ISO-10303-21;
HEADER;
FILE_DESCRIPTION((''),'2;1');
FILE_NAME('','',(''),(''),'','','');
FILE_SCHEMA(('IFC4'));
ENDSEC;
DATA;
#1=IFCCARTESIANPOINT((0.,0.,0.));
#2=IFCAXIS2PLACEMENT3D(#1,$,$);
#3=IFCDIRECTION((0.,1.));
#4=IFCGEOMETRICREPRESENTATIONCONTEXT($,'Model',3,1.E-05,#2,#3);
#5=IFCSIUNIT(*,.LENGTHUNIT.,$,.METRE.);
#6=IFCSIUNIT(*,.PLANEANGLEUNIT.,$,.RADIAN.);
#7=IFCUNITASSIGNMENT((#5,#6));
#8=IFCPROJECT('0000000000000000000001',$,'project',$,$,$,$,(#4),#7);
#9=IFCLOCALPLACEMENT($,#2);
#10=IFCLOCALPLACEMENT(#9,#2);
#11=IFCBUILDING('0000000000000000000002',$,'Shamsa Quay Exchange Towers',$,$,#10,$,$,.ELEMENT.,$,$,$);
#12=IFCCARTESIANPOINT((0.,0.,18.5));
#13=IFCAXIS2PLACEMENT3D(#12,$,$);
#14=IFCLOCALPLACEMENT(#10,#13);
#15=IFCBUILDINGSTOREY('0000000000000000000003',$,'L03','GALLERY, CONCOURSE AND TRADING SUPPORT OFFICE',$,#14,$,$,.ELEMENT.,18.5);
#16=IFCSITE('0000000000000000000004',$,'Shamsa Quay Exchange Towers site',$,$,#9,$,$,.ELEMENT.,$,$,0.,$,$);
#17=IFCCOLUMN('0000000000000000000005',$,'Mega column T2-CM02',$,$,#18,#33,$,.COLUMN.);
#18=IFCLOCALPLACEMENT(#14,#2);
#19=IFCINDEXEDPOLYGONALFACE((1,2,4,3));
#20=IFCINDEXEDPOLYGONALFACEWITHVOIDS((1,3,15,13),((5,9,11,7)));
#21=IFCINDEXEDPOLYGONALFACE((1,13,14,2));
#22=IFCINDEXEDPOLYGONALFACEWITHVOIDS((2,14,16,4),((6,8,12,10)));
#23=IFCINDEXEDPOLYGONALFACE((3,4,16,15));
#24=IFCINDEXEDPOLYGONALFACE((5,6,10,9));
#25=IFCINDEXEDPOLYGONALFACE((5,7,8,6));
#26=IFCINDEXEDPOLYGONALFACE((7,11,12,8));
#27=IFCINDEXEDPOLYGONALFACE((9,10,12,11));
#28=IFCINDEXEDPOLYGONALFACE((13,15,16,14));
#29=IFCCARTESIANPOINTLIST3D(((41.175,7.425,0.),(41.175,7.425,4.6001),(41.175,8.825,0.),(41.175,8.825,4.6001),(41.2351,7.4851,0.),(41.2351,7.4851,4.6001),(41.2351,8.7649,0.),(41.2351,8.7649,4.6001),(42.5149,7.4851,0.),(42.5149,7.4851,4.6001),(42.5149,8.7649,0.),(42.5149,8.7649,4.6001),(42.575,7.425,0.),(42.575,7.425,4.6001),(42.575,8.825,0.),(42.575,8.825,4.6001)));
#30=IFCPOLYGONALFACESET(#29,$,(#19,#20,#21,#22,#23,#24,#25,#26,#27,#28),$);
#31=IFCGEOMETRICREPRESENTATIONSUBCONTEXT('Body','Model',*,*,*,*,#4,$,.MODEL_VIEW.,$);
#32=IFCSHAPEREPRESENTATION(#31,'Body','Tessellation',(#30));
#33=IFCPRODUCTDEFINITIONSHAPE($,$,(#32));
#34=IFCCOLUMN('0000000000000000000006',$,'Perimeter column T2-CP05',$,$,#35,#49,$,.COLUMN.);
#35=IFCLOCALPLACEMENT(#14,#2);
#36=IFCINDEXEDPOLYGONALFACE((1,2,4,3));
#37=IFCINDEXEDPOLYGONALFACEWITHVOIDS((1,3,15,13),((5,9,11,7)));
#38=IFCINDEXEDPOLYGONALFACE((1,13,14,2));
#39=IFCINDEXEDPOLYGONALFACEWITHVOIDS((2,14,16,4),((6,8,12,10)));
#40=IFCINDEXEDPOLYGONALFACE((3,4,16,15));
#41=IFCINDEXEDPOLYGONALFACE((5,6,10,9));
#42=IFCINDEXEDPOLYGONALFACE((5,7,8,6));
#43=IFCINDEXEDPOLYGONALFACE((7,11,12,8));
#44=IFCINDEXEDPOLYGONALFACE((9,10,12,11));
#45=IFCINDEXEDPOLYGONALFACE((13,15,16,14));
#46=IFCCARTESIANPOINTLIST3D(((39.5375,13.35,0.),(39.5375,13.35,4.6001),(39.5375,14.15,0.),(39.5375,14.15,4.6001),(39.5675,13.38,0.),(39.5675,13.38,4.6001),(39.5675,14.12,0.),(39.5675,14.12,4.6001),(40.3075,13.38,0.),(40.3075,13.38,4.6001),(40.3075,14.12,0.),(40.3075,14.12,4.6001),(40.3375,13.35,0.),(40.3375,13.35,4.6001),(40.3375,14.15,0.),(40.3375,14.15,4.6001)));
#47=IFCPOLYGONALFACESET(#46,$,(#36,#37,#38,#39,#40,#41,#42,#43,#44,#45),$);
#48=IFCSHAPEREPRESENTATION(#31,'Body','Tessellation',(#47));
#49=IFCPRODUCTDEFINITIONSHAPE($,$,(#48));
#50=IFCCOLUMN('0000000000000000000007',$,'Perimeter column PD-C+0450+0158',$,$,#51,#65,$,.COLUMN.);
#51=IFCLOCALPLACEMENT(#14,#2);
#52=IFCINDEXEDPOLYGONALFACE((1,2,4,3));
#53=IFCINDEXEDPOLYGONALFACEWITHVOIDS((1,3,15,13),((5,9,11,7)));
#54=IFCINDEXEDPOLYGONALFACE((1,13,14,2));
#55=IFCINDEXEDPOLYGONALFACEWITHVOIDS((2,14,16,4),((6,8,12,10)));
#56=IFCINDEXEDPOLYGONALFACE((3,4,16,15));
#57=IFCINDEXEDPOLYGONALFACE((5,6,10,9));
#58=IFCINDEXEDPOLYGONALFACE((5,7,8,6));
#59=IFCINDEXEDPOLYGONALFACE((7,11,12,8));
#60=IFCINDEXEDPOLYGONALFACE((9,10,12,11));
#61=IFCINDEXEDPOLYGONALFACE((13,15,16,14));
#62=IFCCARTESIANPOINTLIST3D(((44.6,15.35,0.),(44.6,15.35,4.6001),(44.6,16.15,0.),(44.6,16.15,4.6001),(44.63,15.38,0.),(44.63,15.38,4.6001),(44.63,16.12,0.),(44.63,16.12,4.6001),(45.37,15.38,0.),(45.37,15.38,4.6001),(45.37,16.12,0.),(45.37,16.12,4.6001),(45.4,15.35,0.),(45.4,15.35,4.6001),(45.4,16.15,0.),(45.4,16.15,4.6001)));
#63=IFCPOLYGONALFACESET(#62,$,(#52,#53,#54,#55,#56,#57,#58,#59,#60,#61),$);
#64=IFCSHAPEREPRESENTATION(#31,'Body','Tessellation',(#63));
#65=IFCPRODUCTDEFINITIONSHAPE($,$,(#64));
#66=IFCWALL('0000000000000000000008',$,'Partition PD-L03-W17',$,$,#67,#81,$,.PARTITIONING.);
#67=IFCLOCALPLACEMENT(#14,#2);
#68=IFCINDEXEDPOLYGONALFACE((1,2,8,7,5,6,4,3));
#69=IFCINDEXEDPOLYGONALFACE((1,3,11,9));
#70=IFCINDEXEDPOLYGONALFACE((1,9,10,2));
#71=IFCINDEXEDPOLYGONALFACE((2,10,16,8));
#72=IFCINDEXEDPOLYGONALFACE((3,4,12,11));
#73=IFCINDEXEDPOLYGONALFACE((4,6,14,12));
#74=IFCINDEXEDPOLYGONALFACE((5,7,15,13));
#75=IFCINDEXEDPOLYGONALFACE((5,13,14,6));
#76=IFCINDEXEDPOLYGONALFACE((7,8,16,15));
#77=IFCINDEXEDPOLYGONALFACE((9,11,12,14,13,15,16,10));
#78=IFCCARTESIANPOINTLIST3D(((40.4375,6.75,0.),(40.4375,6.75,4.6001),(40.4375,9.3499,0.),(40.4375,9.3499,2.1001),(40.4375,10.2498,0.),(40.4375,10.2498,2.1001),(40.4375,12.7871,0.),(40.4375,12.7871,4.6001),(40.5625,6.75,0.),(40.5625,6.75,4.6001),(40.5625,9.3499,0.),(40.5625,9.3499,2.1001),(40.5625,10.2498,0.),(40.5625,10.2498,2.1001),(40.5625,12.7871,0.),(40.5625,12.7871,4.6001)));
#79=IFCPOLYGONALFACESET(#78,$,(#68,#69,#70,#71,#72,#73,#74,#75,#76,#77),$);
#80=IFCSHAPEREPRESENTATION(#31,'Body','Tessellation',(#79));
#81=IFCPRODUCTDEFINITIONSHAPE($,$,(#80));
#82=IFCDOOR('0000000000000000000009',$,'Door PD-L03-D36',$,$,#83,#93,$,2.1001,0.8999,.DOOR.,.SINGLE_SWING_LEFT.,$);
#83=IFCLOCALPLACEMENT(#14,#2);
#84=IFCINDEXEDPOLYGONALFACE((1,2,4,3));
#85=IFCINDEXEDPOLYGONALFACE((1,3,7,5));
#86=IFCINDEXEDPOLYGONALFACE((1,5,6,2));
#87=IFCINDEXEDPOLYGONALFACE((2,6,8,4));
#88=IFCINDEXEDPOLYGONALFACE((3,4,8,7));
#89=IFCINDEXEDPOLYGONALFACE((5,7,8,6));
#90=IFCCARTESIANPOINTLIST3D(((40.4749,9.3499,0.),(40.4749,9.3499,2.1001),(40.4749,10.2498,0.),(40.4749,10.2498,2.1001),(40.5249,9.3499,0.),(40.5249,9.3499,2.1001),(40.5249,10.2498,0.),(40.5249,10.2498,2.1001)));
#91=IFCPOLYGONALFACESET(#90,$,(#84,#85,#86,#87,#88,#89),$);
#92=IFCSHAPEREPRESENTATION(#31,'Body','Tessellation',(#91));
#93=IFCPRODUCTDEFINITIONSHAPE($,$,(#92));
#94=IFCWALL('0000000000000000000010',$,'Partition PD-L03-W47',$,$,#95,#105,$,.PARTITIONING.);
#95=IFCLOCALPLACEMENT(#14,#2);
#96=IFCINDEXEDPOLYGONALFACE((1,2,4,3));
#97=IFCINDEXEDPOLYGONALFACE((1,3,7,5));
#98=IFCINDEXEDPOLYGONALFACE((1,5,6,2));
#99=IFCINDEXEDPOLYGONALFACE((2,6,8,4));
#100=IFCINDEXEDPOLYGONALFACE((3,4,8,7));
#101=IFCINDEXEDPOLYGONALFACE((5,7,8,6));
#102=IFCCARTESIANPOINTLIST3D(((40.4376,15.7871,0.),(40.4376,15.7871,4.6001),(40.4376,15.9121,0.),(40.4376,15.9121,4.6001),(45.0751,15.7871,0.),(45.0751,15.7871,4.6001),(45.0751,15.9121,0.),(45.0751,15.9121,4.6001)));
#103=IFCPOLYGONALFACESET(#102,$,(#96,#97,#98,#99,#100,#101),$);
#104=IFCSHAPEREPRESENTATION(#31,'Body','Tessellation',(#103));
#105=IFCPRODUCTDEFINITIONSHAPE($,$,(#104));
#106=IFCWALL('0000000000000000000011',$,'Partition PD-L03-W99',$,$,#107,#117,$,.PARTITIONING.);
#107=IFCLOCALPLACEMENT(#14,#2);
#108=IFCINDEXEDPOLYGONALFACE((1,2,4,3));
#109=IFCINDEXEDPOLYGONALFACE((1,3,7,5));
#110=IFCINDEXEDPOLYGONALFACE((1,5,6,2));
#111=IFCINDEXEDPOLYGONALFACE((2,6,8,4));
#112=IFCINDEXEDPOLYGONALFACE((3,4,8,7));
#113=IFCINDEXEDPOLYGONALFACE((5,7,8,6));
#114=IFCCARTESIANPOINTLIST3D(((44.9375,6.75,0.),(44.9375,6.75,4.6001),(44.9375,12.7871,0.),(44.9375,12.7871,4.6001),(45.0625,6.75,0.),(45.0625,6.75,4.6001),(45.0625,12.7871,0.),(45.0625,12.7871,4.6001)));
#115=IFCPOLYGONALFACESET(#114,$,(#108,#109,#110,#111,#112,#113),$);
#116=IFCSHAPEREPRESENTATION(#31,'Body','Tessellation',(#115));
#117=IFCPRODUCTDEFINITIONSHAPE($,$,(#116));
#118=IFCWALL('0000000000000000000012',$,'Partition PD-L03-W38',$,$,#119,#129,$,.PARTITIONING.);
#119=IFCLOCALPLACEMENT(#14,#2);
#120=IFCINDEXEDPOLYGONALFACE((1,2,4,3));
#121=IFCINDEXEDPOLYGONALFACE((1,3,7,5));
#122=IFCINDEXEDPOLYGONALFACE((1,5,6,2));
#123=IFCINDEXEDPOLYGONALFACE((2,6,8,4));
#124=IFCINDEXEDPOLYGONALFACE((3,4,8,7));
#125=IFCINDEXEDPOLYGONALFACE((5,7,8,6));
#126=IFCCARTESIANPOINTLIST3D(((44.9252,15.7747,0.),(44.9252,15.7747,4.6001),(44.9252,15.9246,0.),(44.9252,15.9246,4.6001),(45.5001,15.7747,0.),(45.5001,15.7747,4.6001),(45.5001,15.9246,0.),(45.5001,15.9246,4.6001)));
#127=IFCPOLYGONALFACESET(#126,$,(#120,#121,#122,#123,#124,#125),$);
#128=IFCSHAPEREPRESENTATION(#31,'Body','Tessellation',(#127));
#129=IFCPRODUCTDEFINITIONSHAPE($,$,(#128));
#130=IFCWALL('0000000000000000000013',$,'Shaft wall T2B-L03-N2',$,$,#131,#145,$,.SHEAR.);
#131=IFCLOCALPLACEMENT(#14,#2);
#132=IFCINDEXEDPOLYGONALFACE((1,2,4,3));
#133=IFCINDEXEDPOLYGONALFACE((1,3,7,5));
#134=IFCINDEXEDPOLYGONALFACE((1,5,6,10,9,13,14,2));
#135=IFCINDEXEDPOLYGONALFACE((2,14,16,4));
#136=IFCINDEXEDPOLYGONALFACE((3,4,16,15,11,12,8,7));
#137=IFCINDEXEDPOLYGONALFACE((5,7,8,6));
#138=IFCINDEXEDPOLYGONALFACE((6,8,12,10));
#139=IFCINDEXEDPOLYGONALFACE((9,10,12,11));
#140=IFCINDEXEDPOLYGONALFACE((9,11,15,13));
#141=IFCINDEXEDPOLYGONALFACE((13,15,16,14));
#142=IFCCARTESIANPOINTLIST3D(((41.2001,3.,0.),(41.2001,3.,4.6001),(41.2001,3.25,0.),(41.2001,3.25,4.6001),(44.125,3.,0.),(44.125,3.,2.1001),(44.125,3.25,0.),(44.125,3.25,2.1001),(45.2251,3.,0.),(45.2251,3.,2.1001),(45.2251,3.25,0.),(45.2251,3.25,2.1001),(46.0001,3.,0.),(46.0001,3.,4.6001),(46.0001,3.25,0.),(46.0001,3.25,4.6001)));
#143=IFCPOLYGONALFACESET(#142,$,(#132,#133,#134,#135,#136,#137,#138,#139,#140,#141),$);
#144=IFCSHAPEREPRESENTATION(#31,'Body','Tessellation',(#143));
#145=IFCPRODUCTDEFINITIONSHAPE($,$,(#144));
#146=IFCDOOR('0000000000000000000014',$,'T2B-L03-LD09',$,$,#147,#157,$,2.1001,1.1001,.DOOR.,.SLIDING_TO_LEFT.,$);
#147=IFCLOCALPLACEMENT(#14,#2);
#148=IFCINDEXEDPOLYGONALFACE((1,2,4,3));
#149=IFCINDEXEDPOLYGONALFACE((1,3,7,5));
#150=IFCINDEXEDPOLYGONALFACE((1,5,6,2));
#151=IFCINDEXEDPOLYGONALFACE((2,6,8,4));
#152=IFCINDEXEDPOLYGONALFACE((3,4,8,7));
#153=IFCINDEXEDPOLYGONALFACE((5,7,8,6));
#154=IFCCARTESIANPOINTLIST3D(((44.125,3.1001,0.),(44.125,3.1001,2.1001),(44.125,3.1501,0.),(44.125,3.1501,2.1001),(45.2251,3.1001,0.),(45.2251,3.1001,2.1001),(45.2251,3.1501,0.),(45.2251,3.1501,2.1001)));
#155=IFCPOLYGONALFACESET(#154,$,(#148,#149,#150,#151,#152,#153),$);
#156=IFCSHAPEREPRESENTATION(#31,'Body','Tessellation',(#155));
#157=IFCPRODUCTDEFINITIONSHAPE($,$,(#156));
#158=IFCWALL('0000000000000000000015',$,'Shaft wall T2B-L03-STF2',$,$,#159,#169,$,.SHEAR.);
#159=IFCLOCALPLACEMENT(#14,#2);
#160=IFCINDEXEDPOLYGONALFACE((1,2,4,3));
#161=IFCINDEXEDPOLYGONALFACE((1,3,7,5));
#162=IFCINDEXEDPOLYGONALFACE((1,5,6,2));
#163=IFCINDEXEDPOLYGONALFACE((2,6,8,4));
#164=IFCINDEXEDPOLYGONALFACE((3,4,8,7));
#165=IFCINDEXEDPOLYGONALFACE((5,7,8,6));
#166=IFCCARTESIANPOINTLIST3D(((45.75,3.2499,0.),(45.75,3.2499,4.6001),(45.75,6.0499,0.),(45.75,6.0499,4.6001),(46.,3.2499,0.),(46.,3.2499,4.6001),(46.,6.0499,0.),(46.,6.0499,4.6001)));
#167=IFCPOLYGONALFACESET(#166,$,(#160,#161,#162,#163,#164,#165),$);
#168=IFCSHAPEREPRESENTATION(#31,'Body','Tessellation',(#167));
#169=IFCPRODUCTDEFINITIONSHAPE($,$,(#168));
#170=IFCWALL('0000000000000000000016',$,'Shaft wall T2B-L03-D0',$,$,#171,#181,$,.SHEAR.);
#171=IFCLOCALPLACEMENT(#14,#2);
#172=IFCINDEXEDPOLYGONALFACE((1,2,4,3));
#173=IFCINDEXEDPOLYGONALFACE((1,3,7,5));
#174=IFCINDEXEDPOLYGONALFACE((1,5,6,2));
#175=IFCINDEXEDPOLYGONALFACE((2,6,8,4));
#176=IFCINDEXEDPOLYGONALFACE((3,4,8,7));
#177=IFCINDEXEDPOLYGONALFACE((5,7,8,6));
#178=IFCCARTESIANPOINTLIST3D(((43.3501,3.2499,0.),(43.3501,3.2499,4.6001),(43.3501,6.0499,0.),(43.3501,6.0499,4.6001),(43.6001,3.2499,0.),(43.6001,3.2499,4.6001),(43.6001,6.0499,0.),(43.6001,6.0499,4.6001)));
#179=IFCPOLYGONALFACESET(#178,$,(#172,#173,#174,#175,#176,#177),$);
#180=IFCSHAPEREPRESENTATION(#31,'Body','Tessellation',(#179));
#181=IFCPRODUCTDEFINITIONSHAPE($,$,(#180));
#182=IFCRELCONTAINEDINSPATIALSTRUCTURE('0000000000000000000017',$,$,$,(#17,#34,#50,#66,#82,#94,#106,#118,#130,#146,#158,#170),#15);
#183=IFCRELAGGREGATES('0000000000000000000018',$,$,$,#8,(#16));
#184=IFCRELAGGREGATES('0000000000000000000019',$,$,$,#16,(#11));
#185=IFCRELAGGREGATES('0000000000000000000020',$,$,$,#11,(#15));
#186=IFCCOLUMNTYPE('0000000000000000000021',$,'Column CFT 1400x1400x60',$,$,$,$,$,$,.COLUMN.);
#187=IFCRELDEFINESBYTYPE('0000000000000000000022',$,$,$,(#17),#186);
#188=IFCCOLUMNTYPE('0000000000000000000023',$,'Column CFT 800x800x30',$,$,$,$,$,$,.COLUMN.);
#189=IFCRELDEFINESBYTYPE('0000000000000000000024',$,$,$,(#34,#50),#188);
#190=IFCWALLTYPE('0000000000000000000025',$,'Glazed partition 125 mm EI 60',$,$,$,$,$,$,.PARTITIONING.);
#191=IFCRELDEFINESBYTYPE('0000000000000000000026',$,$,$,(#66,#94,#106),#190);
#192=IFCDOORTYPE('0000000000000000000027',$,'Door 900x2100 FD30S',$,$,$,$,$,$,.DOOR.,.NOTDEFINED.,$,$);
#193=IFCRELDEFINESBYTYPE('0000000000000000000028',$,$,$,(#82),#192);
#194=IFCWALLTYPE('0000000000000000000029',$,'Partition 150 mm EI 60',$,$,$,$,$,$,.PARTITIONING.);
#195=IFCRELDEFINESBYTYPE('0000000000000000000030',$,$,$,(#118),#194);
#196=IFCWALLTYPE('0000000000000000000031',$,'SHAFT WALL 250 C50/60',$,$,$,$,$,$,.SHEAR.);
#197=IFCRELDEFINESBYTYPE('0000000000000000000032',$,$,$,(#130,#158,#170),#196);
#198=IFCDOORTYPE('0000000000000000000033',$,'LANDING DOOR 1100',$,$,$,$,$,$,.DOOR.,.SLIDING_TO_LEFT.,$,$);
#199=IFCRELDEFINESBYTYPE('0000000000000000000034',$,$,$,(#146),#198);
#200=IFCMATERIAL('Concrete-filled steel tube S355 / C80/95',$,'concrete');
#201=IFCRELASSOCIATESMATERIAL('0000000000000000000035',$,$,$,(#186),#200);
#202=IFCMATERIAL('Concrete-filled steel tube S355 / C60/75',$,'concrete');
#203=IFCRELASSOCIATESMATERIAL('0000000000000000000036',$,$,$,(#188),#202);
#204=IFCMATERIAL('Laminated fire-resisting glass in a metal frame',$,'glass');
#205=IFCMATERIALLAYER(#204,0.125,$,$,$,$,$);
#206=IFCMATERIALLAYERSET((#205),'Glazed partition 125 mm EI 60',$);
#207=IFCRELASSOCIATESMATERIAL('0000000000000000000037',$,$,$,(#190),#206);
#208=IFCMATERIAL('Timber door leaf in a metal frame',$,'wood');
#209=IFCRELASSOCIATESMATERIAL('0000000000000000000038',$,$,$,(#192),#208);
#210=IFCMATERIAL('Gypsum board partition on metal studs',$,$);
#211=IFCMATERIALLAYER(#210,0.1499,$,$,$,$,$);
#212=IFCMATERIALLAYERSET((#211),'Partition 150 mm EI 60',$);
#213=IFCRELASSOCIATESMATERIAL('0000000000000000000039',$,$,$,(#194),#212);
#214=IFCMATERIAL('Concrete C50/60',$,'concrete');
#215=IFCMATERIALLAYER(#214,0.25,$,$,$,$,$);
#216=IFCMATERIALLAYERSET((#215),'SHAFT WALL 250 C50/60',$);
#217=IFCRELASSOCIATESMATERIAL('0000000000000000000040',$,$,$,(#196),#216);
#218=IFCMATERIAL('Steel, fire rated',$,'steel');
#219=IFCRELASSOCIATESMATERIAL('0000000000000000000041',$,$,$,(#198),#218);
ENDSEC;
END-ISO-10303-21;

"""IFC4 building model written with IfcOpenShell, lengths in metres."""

from ifc_helpers import new_model, si_unit, direction, frame, frame_2d, origin, origin_2d, place, context, subcontext, project, spatial, rectangle, hollow_rectangle, extrude, material, layer, layer_set, material_profile, profile_set, type_object, element, fill, save


model = new_model("IFC4")

# Units and contexts
model_context = context("Model", 3, precision=1e-05, world=origin(), true_north=direction((0.0, 1.0)))
body_context = subcontext(model_context, "Body", "Model", "MODEL_VIEW")
ifc_project = project(units=[si_unit("LENGTHUNIT", "METRE"), si_unit("PLANEANGLEUNIT", "RADIAN")], contexts=[model_context])

# Site, building, storey
site_placement = place(None, origin())
site = spatial("IfcSite", under=ifc_project, at=site_placement, Name="Shamsa Quay Exchange Towers site", CompositionType="ELEMENT", RefElevation=0.0)
building_placement = place(site_placement, origin())
building = spatial("IfcBuilding", under=site, at=building_placement, Name="Shamsa Quay Exchange Towers", CompositionType="ELEMENT")
storey_placement = place(building_placement, frame((0.0, 0.0, 18.5)))
storey = spatial("IfcBuildingStorey", under=building, at=storey_placement, Name="L03", Description="GALLERY, CONCOURSE AND TRADING SUPPORT OFFICE", CompositionType="ELEMENT", Elevation=18.5)

# Columns
ifc_material_1 = material(Name="Concrete-filled steel tube S355 / C80/95", Category="concrete")
ifc_material_profile_1 = material_profile(ifc_material_1, hollow_rectangle(XDim=1.3999, YDim=1.3999, WallThickness=0.0601, at=origin_2d()), Name="CFT 1400x1400x60")
ifc_profile_set_1 = profile_set([ifc_material_profile_1], Name="Concrete-filled steel tube S355 / C80/95")
column_type_1 = type_object("IfcColumnType", Name="Column CFT 1400x1400x60", PredefinedType="COLUMN", material=ifc_profile_set_1)
column_placement = place(storey_placement, frame((41.875, 8.125, 0.0)))
element("IfcColumn", 1, at=column_placement, inside=storey, type_object=column_type_1, Name="Mega column T2-CM02", PredefinedType="COLUMN", context=body_context, shape_type="SweptSolid", body=[
    extrude(hollow_rectangle(XDim=1.3999, YDim=1.3999, WallThickness=0.0601, at=origin_2d()), origin(), (0.0, 0.0, 1.0), 4.6001),
])
ifc_material_2 = material(Name="Concrete-filled steel tube S355 / C60/75", Category="concrete")
ifc_material_profile_2 = material_profile(ifc_material_2, hollow_rectangle(XDim=0.8, YDim=0.8, WallThickness=0.03, at=origin_2d()), Name="CFT 800x800x30")
ifc_profile_set_2 = profile_set([ifc_material_profile_2], Name="Concrete-filled steel tube S355 / C60/75")
column_type_2 = type_object("IfcColumnType", Name="Column CFT 800x800x30", PredefinedType="COLUMN", material=ifc_profile_set_2)
for number, where, name in (
    (2, (39.9375, 13.75, 0.0), "Perimeter column T2-CP05"),
    (3, (45.0, 15.75, 0.0), "Perimeter column PD-C+0450+0158"),
):
    element("IfcColumn", number, at=place(storey_placement, frame(where)), inside=storey, type_object=column_type_2, Name=name, PredefinedType="COLUMN", context=body_context, shape_type="SweptSolid", body=[
        extrude(hollow_rectangle(XDim=0.8, YDim=0.8, WallThickness=0.03, at=origin_2d()), origin(), (0.0, 0.0, 1.0), 4.6001),
    ])

# Wall, opening, door
ifc_material_3 = material(Name="Laminated fire-resisting glass in a metal frame", Category="glass")
ifc_layer_1 = layer(ifc_material_3, 0.125)
ifc_layer_set_1 = layer_set([ifc_layer_1], Name="Glazed partition 125 mm EI 60")
wall_type_1 = type_object("IfcWallType", Name="Glazed partition 125 mm EI 60", PredefinedType="PARTITIONING", material=ifc_layer_set_1)
wall_1_placement = place(storey_placement, frame((40.5, 12.7871, 0.0), z_axis=(0.0, 0.0, 1.0), x_axis=(0.0, -1.0, 0.0)))
wall_1 = element("IfcWall", 4, at=wall_1_placement, inside=storey, type_object=wall_type_1, Name="Partition PD-L03-W17", PredefinedType="PARTITIONING", context=body_context, shape_type="SweptSolid", body=[
    extrude(rectangle(XDim=6.0371, YDim=0.125, at=frame_2d((3.0186, 0.0))), origin(), (0.0, 0.0, 1.0), 4.6001),
])
opening_1_placement = place(wall_1_placement, frame((2.5374, 0.0, 0.0)))
opening_1 = element("IfcOpeningElement", 5, at=opening_1_placement, cuts=wall_1, PredefinedType="OPENING", context=body_context, shape_type="SweptSolid", body=[
    extrude(rectangle(XDim=0.8999, YDim=2.1001, at=frame_2d((0.45, 1.05))), frame((0.0, 0.0725, 0.0), z_axis=(0.0, -1.0, 0.0), x_axis=(1.0, 0.0, 0.0)), (0.0, 0.0, 1.0), 0.145),
])
ifc_material_4 = material(Name="Timber door leaf in a metal frame", Category="wood")
door_type_1 = type_object("IfcDoorType", Name="Door 900x2100 FD30S", OperationType="NOTDEFINED", PredefinedType="DOOR", material=ifc_material_4)
door_1_placement = place(opening_1_placement, origin())
door_1 = element("IfcDoor", 6, at=door_1_placement, inside=storey, type_object=door_type_1, Name="Door PD-L03-D36", OperationType="SINGLE_SWING_LEFT", OverallHeight=2.1001, OverallWidth=0.8999, PredefinedType="DOOR", context=body_context, shape_type="SweptSolid", body=[
    extrude(rectangle(XDim=0.8999, YDim=2.1001, at=frame_2d((0.45, 1.05))), frame((0.0, 0.0249, 0.0), z_axis=(0.0, -1.0, 0.0), x_axis=(1.0, 0.0, 0.0)), (0.0, 0.0, 1.0), 0.05),
])
fill(opening_1, door_1)

# Walls
wall_2_placement = place(storey_placement, frame((40.4375, 15.8496, 0.0)))
element("IfcWall", 7, at=wall_2_placement, inside=storey, type_object=wall_type_1, Name="Partition PD-L03-W47", PredefinedType="PARTITIONING", context=body_context, shape_type="SweptSolid", body=[
    extrude(rectangle(XDim=4.6375, YDim=0.125, at=frame_2d((2.3188, 0.0))), origin(), (0.0, 0.0, 1.0), 4.6001),
])
wall_3_placement = place(storey_placement, frame((45.0, 12.7871, 0.0), z_axis=(0.0, 0.0, 1.0), x_axis=(0.0, -1.0, 0.0)))
element("IfcWall", 8, at=wall_3_placement, inside=storey, type_object=wall_type_1, Name="Partition PD-L03-W99", PredefinedType="PARTITIONING", context=body_context, shape_type="SweptSolid", body=[
    extrude(rectangle(XDim=6.0371, YDim=0.125, at=frame_2d((3.0186, 0.0))), origin(), (0.0, 0.0, 1.0), 4.6001),
])
ifc_material_5 = material(Name="Gypsum board partition on metal studs")
ifc_layer_2 = layer(ifc_material_5, 0.1499)
ifc_layer_set_2 = layer_set([ifc_layer_2], Name="Partition 150 mm EI 60")
wall_type_2 = type_object("IfcWallType", Name="Partition 150 mm EI 60", PredefinedType="PARTITIONING", material=ifc_layer_set_2)
wall_4_placement = place(storey_placement, frame((44.925, 15.8496, 0.0)))
element("IfcWall", 9, at=wall_4_placement, inside=storey, type_object=wall_type_2, Name="Partition PD-L03-W38", PredefinedType="PARTITIONING", context=body_context, shape_type="SweptSolid", body=[
    extrude(rectangle(XDim=0.575, YDim=0.1499, at=frame_2d((0.2876, 0.0))), origin(), (0.0, 0.0, 1.0), 4.6001),
])

# Wall, opening, door
ifc_material_6 = material(Name="Concrete C50/60", Category="concrete")
ifc_layer_3 = layer(ifc_material_6, 0.25)
ifc_layer_set_3 = layer_set([ifc_layer_3], Name="SHAFT WALL 250 C50/60")
wall_type_3 = type_object("IfcWallType", Name="SHAFT WALL 250 C50/60", PredefinedType="SHEAR", material=ifc_layer_set_3)
wall_5_placement = place(storey_placement, frame((46.0, 3.125, 0.0), z_axis=(0.0, 0.0, 1.0), x_axis=(-1.0, 0.0, 0.0)))
wall_5 = element("IfcWall", 10, at=wall_5_placement, inside=storey, type_object=wall_type_3, Name="Shaft wall T2B-L03-N2", PredefinedType="SHEAR", context=body_context, shape_type="SweptSolid", body=[
    extrude(rectangle(XDim=4.8, YDim=0.25, at=frame_2d((2.3999, 0.0))), origin(), (0.0, 0.0, 1.0), 4.6001),
])
opening_2_placement = place(wall_5_placement, frame((0.7749, 0.0, 0.0)))
opening_2 = element("IfcOpeningElement", 11, at=opening_2_placement, cuts=wall_5, PredefinedType="OPENING", context=body_context, shape_type="SweptSolid", body=[
    extrude(rectangle(XDim=1.1001, YDim=2.1001, at=frame_2d((0.55, 1.05))), frame((0.0, 0.135, 0.0), z_axis=(0.0, -1.0, 0.0), x_axis=(1.0, 0.0, 0.0)), (0.0, 0.0, 1.0), 0.27),
])
ifc_material_7 = material(Name="Steel, fire rated", Category="steel")
door_type_2 = type_object("IfcDoorType", Name="LANDING DOOR 1100", OperationType="SLIDING_TO_LEFT", PredefinedType="DOOR", material=ifc_material_7)
door_2_placement = place(opening_2_placement, origin())
door_2 = element("IfcDoor", 12, at=door_2_placement, inside=storey, type_object=door_type_2, Name="T2B-L03-LD09", OperationType="SLIDING_TO_LEFT", OverallHeight=2.1001, OverallWidth=1.1001, PredefinedType="DOOR", context=body_context, shape_type="SweptSolid", body=[
    extrude(rectangle(XDim=1.1001, YDim=2.1001, at=frame_2d((0.55, 1.05))), frame((0.0, 0.0249, 0.0), z_axis=(0.0, -1.0, 0.0), x_axis=(1.0, 0.0, 0.0)), (0.0, 0.0, 1.0), 0.05),
])
fill(opening_2, door_2)

# Walls
for number, where, z_axis, x_axis, name in (
    (13, (45.875, 3.25, 0.0), (0.0, 0.0, 1.0), (0.0, 1.0, 0.0), "Shaft wall T2B-L03-STF2"),
    (14, (43.4751, 3.25, 0.0), (0.0, 0.0, 1.0), (0.0, 1.0, 0.0), "Shaft wall T2B-L03-D0"),
):
    element("IfcWall", number, at=place(storey_placement, frame(where, z_axis=z_axis, x_axis=x_axis)), inside=storey, type_object=wall_type_3, Name=name, PredefinedType="SHEAR", context=body_context, shape_type="SweptSolid", body=[
        extrude(rectangle(XDim=2.8, YDim=0.25, at=frame_2d((1.3999, 0.0))), origin(), (0.0, 0.0, 1.0), 4.6001),
    ])

save(model, "model.ifc")
